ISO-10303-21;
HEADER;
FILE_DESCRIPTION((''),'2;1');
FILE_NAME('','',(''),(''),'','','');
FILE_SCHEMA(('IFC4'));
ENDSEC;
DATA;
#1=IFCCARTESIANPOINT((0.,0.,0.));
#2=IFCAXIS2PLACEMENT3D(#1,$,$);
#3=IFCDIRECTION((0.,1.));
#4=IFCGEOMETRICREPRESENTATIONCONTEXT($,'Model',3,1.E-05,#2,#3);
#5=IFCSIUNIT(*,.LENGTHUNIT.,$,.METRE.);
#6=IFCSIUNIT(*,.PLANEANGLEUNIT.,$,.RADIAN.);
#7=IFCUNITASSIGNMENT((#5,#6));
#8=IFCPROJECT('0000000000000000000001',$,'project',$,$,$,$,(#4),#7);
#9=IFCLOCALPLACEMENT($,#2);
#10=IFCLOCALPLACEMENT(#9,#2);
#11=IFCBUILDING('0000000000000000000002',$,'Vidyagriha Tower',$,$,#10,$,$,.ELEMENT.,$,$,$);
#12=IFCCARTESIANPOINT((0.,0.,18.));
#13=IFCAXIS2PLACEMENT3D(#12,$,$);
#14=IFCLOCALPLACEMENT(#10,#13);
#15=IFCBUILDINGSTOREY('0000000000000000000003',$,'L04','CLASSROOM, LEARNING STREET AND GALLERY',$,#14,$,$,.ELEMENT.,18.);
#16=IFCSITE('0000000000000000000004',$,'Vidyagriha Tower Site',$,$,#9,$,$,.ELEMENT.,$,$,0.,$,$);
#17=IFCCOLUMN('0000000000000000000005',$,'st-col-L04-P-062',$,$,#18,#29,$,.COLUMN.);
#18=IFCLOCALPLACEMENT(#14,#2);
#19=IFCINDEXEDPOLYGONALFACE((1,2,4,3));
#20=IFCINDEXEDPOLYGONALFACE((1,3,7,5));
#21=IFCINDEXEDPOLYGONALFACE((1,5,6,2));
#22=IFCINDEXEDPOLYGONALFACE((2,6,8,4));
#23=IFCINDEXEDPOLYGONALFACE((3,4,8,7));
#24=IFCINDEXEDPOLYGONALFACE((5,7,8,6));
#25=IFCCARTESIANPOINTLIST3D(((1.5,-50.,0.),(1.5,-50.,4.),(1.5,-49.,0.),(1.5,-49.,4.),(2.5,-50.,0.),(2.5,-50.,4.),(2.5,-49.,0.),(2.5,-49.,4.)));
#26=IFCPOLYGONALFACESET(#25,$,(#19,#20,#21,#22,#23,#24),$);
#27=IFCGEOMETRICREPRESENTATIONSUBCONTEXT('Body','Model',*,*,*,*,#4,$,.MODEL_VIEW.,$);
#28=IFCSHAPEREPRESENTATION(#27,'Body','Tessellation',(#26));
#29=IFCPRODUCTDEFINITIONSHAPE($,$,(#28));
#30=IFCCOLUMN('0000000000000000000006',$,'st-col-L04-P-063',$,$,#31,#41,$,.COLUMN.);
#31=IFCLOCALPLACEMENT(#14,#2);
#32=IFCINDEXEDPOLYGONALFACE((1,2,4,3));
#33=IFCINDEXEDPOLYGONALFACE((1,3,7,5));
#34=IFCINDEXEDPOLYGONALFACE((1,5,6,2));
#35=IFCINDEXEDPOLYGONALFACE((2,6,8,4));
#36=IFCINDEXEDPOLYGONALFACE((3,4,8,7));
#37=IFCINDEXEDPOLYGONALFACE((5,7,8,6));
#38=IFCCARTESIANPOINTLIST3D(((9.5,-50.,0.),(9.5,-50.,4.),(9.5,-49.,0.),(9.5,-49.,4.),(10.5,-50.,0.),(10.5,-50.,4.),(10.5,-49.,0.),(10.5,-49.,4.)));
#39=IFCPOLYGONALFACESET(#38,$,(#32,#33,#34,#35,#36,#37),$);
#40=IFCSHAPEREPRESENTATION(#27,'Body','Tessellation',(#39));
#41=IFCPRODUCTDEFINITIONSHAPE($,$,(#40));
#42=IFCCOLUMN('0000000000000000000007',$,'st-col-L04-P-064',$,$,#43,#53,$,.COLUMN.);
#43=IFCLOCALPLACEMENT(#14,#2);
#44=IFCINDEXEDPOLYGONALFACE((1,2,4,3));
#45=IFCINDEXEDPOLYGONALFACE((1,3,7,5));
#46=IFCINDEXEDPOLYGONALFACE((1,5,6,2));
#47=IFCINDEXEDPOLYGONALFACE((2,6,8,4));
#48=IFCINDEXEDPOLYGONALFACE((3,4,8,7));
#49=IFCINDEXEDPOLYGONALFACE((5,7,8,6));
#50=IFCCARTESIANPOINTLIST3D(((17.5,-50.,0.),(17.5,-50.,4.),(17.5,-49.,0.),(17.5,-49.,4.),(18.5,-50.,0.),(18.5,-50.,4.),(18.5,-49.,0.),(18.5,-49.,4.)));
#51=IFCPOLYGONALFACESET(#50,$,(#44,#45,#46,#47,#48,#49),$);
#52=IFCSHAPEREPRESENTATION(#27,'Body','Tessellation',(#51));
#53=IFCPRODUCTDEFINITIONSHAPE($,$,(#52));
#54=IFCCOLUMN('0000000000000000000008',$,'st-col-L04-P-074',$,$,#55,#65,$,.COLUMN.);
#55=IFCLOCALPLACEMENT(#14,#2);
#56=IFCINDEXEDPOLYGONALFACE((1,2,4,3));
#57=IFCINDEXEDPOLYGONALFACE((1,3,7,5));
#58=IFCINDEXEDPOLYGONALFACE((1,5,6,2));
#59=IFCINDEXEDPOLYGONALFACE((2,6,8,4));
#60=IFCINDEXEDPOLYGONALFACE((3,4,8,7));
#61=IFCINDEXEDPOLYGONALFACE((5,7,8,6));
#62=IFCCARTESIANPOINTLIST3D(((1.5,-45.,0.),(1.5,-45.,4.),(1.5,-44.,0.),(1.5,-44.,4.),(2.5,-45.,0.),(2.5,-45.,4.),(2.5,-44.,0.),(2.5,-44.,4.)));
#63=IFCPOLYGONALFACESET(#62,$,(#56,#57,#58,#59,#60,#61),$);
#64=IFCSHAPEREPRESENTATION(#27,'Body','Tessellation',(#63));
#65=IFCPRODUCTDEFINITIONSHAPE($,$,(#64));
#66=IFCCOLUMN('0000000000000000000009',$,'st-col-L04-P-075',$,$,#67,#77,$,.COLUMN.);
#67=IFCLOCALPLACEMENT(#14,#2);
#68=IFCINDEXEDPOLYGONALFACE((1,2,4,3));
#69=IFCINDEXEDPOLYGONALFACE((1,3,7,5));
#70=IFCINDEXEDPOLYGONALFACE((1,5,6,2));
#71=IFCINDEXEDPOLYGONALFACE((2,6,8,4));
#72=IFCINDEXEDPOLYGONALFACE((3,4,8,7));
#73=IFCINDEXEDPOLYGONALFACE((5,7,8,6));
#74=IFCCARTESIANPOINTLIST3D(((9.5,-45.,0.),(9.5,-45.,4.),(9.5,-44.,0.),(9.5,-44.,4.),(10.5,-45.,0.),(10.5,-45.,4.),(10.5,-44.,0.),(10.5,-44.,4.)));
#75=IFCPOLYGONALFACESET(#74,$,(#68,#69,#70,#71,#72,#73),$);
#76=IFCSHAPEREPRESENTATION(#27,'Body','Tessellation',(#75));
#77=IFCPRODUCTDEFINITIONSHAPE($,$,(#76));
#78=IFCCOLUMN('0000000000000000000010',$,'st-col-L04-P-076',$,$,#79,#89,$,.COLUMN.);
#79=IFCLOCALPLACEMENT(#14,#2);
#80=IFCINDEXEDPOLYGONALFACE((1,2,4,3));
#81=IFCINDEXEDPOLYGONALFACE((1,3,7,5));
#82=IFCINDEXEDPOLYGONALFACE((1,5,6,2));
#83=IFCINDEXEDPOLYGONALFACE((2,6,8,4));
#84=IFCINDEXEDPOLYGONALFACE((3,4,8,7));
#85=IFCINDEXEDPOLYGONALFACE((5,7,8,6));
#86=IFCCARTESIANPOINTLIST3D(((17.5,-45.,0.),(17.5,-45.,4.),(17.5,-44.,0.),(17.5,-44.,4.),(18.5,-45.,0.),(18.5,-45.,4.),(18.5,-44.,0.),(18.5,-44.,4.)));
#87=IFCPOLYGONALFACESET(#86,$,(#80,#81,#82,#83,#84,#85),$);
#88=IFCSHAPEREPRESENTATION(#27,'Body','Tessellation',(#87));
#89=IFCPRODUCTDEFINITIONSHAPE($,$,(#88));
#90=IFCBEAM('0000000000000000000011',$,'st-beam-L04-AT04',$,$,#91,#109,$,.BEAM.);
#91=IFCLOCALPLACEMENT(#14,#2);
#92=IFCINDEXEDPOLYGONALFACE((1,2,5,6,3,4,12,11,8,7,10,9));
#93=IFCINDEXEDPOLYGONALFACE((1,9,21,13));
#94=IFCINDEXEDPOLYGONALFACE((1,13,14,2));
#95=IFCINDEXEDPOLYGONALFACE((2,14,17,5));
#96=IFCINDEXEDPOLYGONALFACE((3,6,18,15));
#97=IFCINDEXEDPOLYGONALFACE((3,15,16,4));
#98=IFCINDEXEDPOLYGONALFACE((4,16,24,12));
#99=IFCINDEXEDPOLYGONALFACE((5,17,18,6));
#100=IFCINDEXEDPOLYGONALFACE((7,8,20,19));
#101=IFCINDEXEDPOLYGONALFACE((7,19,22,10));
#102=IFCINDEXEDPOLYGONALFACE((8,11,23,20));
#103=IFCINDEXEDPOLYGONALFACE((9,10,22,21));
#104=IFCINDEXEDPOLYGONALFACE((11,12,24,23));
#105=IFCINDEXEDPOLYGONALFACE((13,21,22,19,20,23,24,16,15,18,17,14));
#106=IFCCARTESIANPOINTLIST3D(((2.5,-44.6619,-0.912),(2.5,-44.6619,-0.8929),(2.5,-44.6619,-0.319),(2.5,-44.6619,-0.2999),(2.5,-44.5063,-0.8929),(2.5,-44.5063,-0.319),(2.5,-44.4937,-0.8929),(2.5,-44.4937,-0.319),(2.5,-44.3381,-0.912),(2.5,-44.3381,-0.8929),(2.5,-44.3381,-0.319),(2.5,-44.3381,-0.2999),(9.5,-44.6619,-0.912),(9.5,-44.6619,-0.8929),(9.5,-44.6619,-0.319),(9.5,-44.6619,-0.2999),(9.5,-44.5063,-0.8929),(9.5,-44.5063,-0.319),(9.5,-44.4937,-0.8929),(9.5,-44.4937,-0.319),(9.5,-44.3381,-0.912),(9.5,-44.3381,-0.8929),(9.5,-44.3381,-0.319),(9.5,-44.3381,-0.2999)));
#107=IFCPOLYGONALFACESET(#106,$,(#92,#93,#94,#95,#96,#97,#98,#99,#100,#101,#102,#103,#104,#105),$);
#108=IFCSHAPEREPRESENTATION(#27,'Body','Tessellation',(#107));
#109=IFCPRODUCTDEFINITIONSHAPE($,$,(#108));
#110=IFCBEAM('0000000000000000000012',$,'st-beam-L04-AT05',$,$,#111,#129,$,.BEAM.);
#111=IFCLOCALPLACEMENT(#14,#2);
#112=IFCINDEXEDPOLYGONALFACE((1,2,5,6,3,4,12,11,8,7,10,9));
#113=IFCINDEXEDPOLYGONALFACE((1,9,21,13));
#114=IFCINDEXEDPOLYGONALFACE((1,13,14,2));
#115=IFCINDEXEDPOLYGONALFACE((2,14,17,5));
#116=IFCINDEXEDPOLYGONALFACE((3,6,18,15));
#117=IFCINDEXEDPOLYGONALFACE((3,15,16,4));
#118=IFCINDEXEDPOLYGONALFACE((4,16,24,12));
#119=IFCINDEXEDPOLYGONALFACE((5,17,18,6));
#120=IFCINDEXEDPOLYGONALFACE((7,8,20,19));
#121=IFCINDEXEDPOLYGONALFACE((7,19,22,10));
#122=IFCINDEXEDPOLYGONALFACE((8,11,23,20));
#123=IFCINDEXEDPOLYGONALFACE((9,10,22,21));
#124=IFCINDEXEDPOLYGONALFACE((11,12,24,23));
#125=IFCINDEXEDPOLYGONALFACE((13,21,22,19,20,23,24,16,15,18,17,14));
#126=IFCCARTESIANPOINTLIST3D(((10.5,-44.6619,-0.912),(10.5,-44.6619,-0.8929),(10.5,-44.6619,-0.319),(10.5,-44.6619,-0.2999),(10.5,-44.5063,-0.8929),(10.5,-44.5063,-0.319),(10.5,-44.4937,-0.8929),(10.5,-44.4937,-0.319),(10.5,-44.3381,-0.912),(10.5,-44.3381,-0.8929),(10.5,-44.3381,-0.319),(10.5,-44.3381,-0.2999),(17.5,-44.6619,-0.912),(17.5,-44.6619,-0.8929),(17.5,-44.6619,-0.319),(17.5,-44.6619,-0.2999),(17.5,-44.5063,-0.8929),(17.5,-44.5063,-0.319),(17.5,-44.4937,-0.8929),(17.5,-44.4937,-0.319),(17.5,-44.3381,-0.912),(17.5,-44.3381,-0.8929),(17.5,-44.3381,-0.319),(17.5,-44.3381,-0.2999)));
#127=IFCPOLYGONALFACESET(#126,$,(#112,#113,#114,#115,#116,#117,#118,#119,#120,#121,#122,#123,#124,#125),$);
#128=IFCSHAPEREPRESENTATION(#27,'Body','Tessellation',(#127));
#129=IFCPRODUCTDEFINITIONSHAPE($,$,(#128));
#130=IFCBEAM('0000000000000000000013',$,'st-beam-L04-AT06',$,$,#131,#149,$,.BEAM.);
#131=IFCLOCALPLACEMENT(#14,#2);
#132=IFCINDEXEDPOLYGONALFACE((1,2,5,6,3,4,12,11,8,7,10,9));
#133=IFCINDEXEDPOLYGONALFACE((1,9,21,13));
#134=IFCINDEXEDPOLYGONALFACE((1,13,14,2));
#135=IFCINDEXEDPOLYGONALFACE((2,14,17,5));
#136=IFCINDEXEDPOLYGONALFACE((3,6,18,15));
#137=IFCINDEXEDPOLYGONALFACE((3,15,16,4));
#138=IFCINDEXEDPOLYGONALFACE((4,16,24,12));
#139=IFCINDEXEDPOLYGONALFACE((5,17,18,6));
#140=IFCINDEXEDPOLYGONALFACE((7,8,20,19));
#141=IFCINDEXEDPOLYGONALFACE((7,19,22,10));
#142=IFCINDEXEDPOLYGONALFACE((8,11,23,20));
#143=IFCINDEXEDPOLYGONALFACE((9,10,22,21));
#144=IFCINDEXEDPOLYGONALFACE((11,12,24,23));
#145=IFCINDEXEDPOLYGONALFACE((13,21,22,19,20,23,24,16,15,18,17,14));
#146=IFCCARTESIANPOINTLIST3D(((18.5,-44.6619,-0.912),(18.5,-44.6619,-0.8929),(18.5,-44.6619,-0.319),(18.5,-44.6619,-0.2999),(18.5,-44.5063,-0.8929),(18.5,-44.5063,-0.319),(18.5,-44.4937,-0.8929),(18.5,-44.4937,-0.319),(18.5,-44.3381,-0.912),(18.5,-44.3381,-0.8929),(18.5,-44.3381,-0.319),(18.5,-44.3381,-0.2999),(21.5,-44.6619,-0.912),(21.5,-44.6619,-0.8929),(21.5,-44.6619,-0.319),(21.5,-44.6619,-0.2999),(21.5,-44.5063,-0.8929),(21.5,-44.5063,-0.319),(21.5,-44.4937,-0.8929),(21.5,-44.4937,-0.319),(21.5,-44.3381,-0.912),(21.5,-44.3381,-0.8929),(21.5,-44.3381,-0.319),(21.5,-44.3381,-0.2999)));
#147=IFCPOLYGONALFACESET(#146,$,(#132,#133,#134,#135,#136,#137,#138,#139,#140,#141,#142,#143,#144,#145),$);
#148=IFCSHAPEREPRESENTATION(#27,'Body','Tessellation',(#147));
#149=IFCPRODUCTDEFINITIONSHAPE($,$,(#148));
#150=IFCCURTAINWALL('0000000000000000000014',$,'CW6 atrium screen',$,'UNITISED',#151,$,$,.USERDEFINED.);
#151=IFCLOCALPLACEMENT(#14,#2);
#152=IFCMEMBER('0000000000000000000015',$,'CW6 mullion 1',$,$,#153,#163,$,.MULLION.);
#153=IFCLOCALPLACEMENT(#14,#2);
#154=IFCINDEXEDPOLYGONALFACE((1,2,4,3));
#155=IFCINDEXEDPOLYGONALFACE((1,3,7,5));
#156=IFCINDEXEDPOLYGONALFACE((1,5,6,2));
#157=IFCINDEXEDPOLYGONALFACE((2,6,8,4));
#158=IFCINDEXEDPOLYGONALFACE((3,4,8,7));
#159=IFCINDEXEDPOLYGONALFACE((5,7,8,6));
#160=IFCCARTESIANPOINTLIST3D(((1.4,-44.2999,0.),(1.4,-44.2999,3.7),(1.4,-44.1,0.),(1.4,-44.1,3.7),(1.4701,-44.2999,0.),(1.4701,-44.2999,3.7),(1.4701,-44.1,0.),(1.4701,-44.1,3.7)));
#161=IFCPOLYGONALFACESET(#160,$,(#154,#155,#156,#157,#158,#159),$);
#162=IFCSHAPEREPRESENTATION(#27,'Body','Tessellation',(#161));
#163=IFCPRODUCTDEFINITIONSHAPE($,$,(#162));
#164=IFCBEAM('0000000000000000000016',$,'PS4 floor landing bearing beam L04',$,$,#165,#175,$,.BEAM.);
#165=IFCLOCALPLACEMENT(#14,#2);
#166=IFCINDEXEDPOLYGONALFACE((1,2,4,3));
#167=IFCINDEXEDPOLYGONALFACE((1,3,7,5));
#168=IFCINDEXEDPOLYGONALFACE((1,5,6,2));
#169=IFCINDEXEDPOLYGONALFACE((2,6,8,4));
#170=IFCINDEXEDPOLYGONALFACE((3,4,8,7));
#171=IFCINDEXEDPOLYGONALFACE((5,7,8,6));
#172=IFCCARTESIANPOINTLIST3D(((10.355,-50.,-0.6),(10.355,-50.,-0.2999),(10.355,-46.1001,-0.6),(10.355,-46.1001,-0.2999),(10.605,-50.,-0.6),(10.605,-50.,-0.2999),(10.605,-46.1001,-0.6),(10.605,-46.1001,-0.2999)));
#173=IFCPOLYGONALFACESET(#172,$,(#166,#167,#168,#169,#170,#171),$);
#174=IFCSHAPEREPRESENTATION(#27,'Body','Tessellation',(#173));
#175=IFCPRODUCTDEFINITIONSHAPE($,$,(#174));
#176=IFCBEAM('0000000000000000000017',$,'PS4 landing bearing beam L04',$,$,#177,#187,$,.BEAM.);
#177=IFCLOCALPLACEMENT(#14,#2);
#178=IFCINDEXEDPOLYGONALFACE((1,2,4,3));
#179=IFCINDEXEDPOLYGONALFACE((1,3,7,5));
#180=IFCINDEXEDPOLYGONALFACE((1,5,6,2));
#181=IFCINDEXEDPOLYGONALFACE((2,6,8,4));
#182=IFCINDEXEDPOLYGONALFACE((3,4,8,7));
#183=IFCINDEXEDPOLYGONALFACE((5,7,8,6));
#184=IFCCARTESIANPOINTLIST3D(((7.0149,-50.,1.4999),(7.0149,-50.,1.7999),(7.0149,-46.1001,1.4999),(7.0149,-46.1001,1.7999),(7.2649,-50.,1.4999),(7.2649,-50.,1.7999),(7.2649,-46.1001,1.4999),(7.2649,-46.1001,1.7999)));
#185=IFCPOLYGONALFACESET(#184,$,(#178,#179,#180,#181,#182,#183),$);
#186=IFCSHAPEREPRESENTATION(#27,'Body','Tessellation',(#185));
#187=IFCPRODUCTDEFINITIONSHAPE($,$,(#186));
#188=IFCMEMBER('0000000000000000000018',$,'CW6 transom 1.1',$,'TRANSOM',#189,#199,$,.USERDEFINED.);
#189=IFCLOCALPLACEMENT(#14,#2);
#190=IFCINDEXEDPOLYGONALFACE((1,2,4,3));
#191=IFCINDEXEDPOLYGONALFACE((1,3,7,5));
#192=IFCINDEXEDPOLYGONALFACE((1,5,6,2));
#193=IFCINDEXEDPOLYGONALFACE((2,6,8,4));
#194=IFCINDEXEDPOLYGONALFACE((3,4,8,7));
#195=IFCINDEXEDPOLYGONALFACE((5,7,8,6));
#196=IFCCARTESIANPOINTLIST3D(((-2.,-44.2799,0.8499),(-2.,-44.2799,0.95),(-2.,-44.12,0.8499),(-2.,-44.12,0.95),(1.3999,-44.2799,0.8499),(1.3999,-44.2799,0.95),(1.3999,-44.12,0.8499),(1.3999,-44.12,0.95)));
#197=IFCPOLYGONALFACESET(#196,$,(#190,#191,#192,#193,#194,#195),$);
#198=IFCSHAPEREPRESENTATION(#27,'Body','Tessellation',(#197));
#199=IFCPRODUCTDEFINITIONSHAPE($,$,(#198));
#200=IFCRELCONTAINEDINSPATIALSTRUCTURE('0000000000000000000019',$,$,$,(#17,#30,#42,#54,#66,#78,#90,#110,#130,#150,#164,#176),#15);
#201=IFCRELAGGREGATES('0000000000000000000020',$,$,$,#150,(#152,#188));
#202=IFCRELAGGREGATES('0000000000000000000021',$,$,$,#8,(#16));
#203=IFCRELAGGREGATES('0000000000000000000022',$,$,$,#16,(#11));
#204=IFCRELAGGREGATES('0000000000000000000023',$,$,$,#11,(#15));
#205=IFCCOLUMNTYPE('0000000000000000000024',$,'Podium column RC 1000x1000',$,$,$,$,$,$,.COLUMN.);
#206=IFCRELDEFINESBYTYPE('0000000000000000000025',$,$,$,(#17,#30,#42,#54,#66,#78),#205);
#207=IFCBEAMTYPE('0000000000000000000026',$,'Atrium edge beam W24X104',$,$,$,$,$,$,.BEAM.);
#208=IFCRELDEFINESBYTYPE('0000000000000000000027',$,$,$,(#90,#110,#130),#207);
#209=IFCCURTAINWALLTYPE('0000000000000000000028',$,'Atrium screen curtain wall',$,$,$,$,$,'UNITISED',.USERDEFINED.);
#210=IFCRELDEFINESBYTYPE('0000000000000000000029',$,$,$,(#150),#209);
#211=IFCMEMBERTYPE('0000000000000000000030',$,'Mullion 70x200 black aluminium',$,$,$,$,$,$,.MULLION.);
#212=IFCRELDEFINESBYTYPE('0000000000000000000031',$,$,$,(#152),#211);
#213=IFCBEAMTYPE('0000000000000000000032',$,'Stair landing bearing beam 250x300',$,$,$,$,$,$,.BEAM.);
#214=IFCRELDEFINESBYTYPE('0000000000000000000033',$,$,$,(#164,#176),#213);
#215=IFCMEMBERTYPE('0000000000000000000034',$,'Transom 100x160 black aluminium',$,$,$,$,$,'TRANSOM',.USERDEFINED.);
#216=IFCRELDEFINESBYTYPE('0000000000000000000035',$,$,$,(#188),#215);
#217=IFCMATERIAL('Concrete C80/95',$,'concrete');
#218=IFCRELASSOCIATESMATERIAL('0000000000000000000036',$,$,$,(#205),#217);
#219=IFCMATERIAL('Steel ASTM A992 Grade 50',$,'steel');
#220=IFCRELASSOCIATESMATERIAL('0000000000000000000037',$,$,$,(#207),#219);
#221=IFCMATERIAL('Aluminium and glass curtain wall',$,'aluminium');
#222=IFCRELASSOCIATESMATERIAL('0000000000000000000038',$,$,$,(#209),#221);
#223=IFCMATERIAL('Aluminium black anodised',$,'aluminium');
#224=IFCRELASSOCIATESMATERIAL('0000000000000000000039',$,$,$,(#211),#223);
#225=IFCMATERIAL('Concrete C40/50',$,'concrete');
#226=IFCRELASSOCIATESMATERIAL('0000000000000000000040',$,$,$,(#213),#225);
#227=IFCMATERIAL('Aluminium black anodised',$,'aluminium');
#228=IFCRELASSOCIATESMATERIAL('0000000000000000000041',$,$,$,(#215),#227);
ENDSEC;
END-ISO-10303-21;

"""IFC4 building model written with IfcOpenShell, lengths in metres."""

from ifc_helpers import new_model, si_unit, direction, frame, origin, origin_2d, place, context, subcontext, project, spatial, rectangle, i_section, extrude, material, material_profile, profile_set, type_object, element, aggregate, save


model = new_model("IFC4")

# Units and contexts
model_context = context("Model", 3, precision=1e-05, world=origin(), true_north=direction((0.0, 1.0)))
body_context = subcontext(model_context, "Body", "Model", "MODEL_VIEW")
ifc_project = project(units=[si_unit("LENGTHUNIT", "METRE"), si_unit("PLANEANGLEUNIT", "RADIAN")], contexts=[model_context])

# Site, building, storey
site_placement = place(None, origin())
site = spatial("IfcSite", under=ifc_project, at=site_placement, Name="Vidyagriha Tower Site", CompositionType="ELEMENT", RefElevation=0.0)
building_placement = place(site_placement, origin())
building = spatial("IfcBuilding", under=site, at=building_placement, Name="Vidyagriha Tower", CompositionType="ELEMENT")
storey_placement = place(building_placement, frame((0.0, 0.0, 18.0)))
storey = spatial("IfcBuildingStorey", under=building, at=storey_placement, Name="L04", Description="CLASSROOM, LEARNING STREET AND GALLERY", CompositionType="ELEMENT", Elevation=18.0)

# Columns
ifc_material_1 = material(Name="Concrete C80/95", Category="concrete")
ifc_material_profile_1 = material_profile(ifc_material_1, rectangle(XDim=1.0, YDim=1.0, at=origin_2d()), Name="RC 1000x1000")
ifc_profile_set_1 = profile_set([ifc_material_profile_1], Name="Concrete C80/95")
column_type = type_object("IfcColumnType", Name="Podium column RC 1000x1000", PredefinedType="COLUMN", material=ifc_profile_set_1)
for number, where, name in (
    (1, (2.0, -49.5, 0.0), "st-col-L04-P-062"),
    (2, (10.0, -49.5, 0.0), "st-col-L04-P-063"),
    (3, (18.0, -49.5, 0.0), "st-col-L04-P-064"),
    (4, (2.0, -44.5, 0.0), "st-col-L04-P-074"),
    (5, (10.0, -44.5, 0.0), "st-col-L04-P-075"),
    (6, (18.0, -44.5, 0.0), "st-col-L04-P-076"),
):
    element("IfcColumn", number, at=place(storey_placement, frame(where)), inside=storey, type_object=column_type, Name=name, PredefinedType="COLUMN", context=body_context, shape_type="SweptSolid", body=[
        extrude(rectangle(XDim=1.0, YDim=1.0, at=origin_2d()), origin(), (0.0, 0.0, 1.0), 4.0),
    ])

# Beams
ifc_material_2 = material(Name="Steel ASTM A992 Grade 50", Category="steel")
ifc_material_profile_2 = material_profile(ifc_material_2, i_section(OverallWidth=0.3237, OverallDepth=0.6121, WebThickness=0.0127, FlangeThickness=0.019, at=origin_2d()), Name="W24X104")
ifc_profile_set_2 = profile_set([ifc_material_profile_2], Name="Steel ASTM A992 Grade 50")
beam_type_1 = type_object("IfcBeamType", Name="Atrium edge beam W24X104", PredefinedType="BEAM", material=ifc_profile_set_2)
for number, where, z_axis, x_axis, name in (
    (7, (2.5, -44.5, -0.606), (1.0, 0.0, 0.0), (0.0, 1.0, 0.0), "st-beam-L04-AT04"),
    (8, (10.5, -44.5, -0.606), (1.0, 0.0, 0.0), (0.0, 1.0, 0.0), "st-beam-L04-AT05"),
):
    element("IfcBeam", number, at=place(storey_placement, frame(where, z_axis=z_axis, x_axis=x_axis)), inside=storey, type_object=beam_type_1, Name=name, PredefinedType="BEAM", context=body_context, shape_type="SweptSolid", body=[
        extrude(i_section(OverallWidth=0.3237, OverallDepth=0.6121, WebThickness=0.0127, FlangeThickness=0.019, at=origin_2d()), origin(), (0.0, 0.0, 1.0), 7.0),
    ])
beam_placement = place(storey_placement, frame((18.5, -44.5, -0.606), z_axis=(1.0, 0.0, 0.0), x_axis=(0.0, 1.0, 0.0)))
element("IfcBeam", 9, at=beam_placement, inside=storey, type_object=beam_type_1, Name="st-beam-L04-AT06", PredefinedType="BEAM", context=body_context, shape_type="SweptSolid", body=[
    extrude(i_section(OverallWidth=0.3237, OverallDepth=0.6121, WebThickness=0.0127, FlangeThickness=0.019, at=origin_2d()), origin(), (0.0, 0.0, 1.0), 3.0),
])

# Curtain wall, member
ifc_material_3 = material(Name="Aluminium and glass curtain wall", Category="aluminium")
curtain_wall_type = type_object("IfcCurtainWallType", Name="Atrium screen curtain wall", ElementType="UNITISED", PredefinedType="USERDEFINED", material=ifc_material_3)
curtain_wall_placement = place(storey_placement, origin())
curtain_wall = element("IfcCurtainWall", 10, at=curtain_wall_placement, inside=storey, type_object=curtain_wall_type, Name="CW6 atrium screen", ObjectType="UNITISED", PredefinedType="USERDEFINED")
ifc_material_4 = material(Name="Aluminium black anodised", Category="aluminium")
ifc_material_profile_3 = material_profile(ifc_material_4, rectangle(XDim=0.2, YDim=0.0701, at=origin_2d()), Name="Mullion 70x200 black aluminium")
ifc_profile_set_3 = profile_set([ifc_material_profile_3], Name="Aluminium black anodised")
member_type_1 = type_object("IfcMemberType", Name="Mullion 70x200 black aluminium", PredefinedType="MULLION", material=ifc_profile_set_3)
member_1_placement = place(storey_placement, frame((1.4351, -44.2, 0.0), z_axis=(0.0, 0.0, 1.0), x_axis=(0.0, -1.0, 0.0)))
member_1 = element("IfcMember", 11, at=member_1_placement, type_object=member_type_1, Name="CW6 mullion 1", PredefinedType="MULLION", context=body_context, shape_type="SweptSolid", body=[
    extrude(rectangle(XDim=0.2, YDim=0.0701, at=origin_2d()), origin(), (0.0, 0.0, 1.0), 3.7),
])

# Beams
ifc_material_5 = material(Name="Concrete C40/50", Category="concrete")
ifc_material_profile_4 = material_profile(ifc_material_5, rectangle(XDim=0.25, YDim=0.3, at=origin_2d()), Name="Stair landing bearing beam 250x300")
ifc_profile_set_4 = profile_set([ifc_material_profile_4], Name="Concrete C40/50")
beam_type_2 = type_object("IfcBeamType", Name="Stair landing bearing beam 250x300", PredefinedType="BEAM", material=ifc_profile_set_4)
for number, where, z_axis, x_axis, name in (
    (12, (10.48, -50.0, -0.45), (0.0, 1.0, 0.0), (-1.0, 0.0, 0.0), "PS4 floor landing bearing beam L04"),
    (13, (7.1399, -50.0, 1.6499), (0.0, 1.0, 0.0), (-1.0, 0.0, 0.0), "PS4 landing bearing beam L04"),
):
    element("IfcBeam", number, at=place(storey_placement, frame(where, z_axis=z_axis, x_axis=x_axis)), inside=storey, type_object=beam_type_2, Name=name, PredefinedType="BEAM", context=body_context, shape_type="SweptSolid", body=[
        extrude(rectangle(XDim=0.25, YDim=0.3, at=origin_2d()), origin(), (0.0, 0.0, 1.0), 3.8999),
    ])

# Member
ifc_material_6 = material(Name="Aluminium black anodised", Category="aluminium")
ifc_material_profile_5 = material_profile(ifc_material_6, rectangle(XDim=0.1599, YDim=0.1001, at=origin_2d()), Name="Transom 100x160 black aluminium")
ifc_profile_set_5 = profile_set([ifc_material_profile_5], Name="Aluminium black anodised")
member_type_2 = type_object("IfcMemberType", Name="Transom 100x160 black aluminium", ElementType="TRANSOM", PredefinedType="USERDEFINED", material=ifc_profile_set_5)
member_2_placement = place(storey_placement, frame((1.3999, -44.2, 0.8999), z_axis=(-1.0, 0.0, 0.0), x_axis=(0.0, -1.0, 0.0)))
member_2 = element("IfcMember", 14, at=member_2_placement, type_object=member_type_2, Name="CW6 transom 1.1", ObjectType="TRANSOM", PredefinedType="USERDEFINED", context=body_context, shape_type="SweptSolid", body=[
    extrude(rectangle(XDim=0.1599, YDim=0.1001, at=origin_2d()), origin(), (0.0, 0.0, 1.0), 3.3999),
])
aggregate(curtain_wall, [member_1, member_2])

save(model, "model.ifc")
